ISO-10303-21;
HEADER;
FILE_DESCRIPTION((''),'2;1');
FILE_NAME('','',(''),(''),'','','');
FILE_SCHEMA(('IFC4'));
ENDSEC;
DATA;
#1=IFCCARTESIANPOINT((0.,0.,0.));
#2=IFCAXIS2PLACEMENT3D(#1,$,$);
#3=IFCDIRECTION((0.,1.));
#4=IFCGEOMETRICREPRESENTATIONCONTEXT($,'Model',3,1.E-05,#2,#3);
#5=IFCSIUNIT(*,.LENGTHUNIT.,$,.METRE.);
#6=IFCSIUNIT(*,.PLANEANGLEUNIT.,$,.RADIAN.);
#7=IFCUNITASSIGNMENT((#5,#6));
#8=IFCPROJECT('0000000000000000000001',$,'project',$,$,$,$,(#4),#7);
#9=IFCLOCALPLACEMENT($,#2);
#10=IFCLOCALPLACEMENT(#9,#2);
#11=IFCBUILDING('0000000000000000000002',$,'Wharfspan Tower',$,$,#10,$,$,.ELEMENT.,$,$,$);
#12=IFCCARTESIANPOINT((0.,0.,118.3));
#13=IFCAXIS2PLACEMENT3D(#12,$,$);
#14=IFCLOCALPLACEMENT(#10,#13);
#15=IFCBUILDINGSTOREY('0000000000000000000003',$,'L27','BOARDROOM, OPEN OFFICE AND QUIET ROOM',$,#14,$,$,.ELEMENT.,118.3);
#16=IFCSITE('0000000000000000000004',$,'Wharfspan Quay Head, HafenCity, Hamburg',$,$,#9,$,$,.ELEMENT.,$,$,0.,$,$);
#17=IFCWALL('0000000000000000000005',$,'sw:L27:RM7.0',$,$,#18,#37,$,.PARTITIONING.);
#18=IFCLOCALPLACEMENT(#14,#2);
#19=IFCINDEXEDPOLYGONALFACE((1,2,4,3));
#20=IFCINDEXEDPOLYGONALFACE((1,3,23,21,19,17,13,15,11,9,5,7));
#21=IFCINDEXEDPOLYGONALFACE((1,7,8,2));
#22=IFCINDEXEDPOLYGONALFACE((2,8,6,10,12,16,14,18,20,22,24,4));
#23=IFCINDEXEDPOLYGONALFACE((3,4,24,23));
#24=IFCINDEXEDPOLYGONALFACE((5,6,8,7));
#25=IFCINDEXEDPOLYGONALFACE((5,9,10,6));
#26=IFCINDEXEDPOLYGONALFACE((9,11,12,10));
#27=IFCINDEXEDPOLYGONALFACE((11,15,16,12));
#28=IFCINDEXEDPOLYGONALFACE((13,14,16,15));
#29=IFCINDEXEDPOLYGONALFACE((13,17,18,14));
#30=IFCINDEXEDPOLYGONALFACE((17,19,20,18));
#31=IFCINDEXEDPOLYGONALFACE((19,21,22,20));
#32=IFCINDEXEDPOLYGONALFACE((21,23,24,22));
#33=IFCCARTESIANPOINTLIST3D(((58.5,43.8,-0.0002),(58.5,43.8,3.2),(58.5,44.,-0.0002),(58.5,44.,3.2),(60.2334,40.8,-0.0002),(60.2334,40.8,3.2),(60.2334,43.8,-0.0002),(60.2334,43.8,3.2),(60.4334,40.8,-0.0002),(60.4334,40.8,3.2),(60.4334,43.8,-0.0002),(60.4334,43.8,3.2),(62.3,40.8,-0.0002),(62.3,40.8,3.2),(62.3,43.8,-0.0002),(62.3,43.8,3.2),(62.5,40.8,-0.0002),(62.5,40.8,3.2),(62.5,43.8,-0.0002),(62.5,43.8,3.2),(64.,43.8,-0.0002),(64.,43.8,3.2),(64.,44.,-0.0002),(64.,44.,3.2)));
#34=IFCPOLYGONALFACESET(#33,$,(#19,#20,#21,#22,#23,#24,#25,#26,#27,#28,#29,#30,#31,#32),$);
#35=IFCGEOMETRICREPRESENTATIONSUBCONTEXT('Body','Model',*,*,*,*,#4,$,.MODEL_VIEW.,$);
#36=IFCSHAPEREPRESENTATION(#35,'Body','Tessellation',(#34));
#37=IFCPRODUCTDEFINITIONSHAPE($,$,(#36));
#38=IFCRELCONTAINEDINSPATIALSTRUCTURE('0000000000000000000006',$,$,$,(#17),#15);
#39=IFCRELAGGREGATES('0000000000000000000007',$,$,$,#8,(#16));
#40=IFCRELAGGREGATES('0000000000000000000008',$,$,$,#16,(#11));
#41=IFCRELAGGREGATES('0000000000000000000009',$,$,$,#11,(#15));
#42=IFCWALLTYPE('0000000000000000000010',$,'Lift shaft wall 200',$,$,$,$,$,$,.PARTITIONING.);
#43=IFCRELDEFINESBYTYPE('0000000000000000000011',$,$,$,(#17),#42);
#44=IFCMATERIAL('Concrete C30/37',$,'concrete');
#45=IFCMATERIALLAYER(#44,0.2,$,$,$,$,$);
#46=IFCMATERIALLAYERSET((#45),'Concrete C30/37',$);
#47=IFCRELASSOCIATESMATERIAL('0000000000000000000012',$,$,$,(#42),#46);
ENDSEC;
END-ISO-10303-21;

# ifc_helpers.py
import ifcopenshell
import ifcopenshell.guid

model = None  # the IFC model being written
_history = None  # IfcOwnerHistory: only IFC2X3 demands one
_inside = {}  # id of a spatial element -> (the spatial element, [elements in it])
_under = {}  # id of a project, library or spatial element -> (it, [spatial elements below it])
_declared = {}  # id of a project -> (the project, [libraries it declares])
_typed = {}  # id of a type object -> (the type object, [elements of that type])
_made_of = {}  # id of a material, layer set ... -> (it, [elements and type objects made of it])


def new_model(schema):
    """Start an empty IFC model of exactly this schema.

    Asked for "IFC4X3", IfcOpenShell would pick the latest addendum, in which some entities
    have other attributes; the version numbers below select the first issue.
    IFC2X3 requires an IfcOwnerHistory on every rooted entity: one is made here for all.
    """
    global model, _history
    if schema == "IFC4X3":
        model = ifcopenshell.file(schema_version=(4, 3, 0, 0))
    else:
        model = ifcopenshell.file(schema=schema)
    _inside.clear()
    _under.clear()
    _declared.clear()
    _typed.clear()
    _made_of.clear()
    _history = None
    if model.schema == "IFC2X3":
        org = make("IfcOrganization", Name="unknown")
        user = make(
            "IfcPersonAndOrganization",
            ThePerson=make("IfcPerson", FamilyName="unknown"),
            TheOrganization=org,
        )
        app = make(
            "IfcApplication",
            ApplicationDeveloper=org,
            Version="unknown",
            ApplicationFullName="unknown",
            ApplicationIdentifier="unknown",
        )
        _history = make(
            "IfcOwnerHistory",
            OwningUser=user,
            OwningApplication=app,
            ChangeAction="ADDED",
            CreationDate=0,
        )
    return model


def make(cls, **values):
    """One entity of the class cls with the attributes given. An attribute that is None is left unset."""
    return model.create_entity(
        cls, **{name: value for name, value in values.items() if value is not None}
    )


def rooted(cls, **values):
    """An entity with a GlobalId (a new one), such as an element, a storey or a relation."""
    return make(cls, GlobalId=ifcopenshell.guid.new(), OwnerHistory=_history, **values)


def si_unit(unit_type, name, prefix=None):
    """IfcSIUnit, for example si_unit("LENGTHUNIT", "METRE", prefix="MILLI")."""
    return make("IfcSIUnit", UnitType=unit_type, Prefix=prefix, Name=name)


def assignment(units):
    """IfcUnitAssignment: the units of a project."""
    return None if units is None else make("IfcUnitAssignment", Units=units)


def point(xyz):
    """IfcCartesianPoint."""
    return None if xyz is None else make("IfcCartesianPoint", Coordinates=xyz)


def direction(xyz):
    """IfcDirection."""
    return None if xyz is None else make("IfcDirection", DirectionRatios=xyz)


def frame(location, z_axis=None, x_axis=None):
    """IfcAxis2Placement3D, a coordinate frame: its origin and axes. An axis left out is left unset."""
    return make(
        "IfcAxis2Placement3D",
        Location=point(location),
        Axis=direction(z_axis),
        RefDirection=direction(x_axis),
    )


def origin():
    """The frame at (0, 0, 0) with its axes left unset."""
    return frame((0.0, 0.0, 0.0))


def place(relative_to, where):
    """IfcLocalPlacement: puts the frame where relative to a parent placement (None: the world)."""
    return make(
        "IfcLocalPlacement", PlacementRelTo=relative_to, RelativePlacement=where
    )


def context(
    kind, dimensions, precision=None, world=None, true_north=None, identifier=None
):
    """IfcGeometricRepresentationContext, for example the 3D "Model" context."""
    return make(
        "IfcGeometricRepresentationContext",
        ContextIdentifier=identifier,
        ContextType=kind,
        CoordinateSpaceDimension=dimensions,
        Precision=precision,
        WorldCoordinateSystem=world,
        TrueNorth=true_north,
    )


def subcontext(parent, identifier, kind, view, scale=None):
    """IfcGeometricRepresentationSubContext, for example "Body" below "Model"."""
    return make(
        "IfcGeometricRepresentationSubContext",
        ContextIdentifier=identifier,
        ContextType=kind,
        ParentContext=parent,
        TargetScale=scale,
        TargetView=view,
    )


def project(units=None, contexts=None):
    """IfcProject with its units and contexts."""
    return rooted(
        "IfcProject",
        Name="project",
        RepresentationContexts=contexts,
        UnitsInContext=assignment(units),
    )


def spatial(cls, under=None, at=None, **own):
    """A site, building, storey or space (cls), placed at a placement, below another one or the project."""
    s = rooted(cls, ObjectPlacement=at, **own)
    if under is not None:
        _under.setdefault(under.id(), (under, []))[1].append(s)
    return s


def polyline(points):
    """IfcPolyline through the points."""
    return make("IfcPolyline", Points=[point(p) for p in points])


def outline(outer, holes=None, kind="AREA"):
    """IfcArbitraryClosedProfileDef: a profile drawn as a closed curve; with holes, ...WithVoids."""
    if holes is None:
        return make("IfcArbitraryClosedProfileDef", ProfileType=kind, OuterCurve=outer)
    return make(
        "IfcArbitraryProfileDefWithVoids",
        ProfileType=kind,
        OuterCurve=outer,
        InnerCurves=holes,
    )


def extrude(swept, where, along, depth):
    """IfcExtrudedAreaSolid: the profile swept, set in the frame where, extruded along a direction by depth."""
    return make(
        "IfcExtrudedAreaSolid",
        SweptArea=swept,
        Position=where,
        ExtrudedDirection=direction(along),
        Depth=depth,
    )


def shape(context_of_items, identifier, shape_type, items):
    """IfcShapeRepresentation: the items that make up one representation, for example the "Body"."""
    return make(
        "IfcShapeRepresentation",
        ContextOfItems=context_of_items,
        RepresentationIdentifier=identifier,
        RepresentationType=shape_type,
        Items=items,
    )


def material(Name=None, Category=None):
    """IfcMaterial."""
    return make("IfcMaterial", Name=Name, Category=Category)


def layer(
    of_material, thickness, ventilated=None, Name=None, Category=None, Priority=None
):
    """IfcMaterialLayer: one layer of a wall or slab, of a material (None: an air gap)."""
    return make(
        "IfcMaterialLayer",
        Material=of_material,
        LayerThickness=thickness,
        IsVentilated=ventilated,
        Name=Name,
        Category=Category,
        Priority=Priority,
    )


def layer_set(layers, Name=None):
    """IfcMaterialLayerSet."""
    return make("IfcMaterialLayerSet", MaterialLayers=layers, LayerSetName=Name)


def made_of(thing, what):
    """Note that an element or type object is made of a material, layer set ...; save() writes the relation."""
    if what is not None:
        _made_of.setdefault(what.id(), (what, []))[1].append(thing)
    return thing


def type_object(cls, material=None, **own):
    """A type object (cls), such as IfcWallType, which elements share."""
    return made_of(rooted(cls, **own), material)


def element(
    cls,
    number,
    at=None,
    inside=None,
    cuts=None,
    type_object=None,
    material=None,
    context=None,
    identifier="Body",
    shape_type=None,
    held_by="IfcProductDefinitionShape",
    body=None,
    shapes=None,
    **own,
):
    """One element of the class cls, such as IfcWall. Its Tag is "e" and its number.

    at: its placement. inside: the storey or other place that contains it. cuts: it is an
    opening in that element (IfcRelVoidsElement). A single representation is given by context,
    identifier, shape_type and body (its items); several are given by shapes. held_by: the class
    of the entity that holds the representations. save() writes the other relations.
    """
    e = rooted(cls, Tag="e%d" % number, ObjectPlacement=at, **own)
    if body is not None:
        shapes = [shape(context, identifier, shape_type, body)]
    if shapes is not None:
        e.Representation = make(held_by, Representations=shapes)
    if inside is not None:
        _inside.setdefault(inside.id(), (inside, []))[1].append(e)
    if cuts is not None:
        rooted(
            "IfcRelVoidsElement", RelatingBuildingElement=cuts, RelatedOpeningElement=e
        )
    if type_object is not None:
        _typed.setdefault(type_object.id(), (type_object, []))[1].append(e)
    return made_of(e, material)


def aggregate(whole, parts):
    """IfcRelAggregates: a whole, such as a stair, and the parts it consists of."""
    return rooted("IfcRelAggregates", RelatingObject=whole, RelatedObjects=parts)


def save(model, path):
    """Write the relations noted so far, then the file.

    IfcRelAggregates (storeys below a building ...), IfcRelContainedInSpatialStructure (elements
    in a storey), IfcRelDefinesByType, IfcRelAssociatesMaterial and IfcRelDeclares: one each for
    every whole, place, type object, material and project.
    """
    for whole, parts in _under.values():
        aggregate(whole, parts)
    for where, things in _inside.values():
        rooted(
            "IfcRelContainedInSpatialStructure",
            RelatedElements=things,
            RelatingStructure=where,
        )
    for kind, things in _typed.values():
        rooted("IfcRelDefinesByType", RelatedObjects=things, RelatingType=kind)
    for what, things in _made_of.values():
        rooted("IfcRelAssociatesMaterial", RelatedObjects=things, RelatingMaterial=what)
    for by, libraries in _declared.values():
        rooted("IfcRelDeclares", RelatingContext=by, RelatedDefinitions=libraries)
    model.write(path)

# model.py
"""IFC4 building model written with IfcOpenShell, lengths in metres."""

from ifc_helpers import new_model, si_unit, direction, frame, origin, place, context, subcontext, project, spatial, polyline, outline, extrude, material, layer, layer_set, type_object, element, save


model = new_model("IFC4")

# Units and contexts
model_context = context("Model", 3, precision=1e-05, world=origin(), true_north=direction((0.0, 1.0)))
body_context = subcontext(model_context, "Body", "Model", "MODEL_VIEW")
ifc_project = project(units=[si_unit("LENGTHUNIT", "METRE"), si_unit("PLANEANGLEUNIT", "RADIAN")], contexts=[model_context])

# Site, building, storey
site_placement = place(None, origin())
site = spatial("IfcSite", under=ifc_project, at=site_placement, Name="Wharfspan Quay Head, HafenCity, Hamburg", CompositionType="ELEMENT", RefElevation=0.0)
building_placement = place(site_placement, origin())
building = spatial("IfcBuilding", under=site, at=building_placement, Name="Wharfspan Tower", CompositionType="ELEMENT")
storey_placement = place(building_placement, frame((0.0, 0.0, 118.3)))
storey = spatial("IfcBuildingStorey", under=building, at=storey_placement, Name="L27", Description="BOARDROOM, OPEN OFFICE AND QUIET ROOM", CompositionType="ELEMENT", Elevation=118.3)

# Wall
ifc_material_1 = material(Name="Concrete C30/37", Category="concrete")
ifc_layer_1 = layer(ifc_material_1, 0.2)
ifc_layer_set_1 = layer_set([ifc_layer_1], Name="Concrete C30/37")
wall_type_1 = type_object("IfcWallType", Name="Lift shaft wall 200", PredefinedType="PARTITIONING", material=ifc_layer_set_1)
wall_1_placement = place(storey_placement, frame((0.0, 0.0, -0.0002)))
element("IfcWall", 1, at=wall_1_placement, inside=storey, type_object=wall_type_1, Name="sw:L27:RM7.0", PredefinedType="PARTITIONING", context=body_context, shape_type="SweptSolid", body=[
    extrude(outline(polyline([(60.4333, 40.8), (60.2334, 40.8), (60.2334, 43.8), (58.5, 43.8), (58.5, 44.0), (64.0, 44.0), (64.0, 43.8), (62.5, 43.8), (62.5, 40.8), (62.3, 40.8), (62.3, 43.8), (60.4333, 43.8), (60.4333, 40.8)])), origin(), (0.0, 0.0, 1.0), 3.2002),
])

save(model, "model.ifc")
